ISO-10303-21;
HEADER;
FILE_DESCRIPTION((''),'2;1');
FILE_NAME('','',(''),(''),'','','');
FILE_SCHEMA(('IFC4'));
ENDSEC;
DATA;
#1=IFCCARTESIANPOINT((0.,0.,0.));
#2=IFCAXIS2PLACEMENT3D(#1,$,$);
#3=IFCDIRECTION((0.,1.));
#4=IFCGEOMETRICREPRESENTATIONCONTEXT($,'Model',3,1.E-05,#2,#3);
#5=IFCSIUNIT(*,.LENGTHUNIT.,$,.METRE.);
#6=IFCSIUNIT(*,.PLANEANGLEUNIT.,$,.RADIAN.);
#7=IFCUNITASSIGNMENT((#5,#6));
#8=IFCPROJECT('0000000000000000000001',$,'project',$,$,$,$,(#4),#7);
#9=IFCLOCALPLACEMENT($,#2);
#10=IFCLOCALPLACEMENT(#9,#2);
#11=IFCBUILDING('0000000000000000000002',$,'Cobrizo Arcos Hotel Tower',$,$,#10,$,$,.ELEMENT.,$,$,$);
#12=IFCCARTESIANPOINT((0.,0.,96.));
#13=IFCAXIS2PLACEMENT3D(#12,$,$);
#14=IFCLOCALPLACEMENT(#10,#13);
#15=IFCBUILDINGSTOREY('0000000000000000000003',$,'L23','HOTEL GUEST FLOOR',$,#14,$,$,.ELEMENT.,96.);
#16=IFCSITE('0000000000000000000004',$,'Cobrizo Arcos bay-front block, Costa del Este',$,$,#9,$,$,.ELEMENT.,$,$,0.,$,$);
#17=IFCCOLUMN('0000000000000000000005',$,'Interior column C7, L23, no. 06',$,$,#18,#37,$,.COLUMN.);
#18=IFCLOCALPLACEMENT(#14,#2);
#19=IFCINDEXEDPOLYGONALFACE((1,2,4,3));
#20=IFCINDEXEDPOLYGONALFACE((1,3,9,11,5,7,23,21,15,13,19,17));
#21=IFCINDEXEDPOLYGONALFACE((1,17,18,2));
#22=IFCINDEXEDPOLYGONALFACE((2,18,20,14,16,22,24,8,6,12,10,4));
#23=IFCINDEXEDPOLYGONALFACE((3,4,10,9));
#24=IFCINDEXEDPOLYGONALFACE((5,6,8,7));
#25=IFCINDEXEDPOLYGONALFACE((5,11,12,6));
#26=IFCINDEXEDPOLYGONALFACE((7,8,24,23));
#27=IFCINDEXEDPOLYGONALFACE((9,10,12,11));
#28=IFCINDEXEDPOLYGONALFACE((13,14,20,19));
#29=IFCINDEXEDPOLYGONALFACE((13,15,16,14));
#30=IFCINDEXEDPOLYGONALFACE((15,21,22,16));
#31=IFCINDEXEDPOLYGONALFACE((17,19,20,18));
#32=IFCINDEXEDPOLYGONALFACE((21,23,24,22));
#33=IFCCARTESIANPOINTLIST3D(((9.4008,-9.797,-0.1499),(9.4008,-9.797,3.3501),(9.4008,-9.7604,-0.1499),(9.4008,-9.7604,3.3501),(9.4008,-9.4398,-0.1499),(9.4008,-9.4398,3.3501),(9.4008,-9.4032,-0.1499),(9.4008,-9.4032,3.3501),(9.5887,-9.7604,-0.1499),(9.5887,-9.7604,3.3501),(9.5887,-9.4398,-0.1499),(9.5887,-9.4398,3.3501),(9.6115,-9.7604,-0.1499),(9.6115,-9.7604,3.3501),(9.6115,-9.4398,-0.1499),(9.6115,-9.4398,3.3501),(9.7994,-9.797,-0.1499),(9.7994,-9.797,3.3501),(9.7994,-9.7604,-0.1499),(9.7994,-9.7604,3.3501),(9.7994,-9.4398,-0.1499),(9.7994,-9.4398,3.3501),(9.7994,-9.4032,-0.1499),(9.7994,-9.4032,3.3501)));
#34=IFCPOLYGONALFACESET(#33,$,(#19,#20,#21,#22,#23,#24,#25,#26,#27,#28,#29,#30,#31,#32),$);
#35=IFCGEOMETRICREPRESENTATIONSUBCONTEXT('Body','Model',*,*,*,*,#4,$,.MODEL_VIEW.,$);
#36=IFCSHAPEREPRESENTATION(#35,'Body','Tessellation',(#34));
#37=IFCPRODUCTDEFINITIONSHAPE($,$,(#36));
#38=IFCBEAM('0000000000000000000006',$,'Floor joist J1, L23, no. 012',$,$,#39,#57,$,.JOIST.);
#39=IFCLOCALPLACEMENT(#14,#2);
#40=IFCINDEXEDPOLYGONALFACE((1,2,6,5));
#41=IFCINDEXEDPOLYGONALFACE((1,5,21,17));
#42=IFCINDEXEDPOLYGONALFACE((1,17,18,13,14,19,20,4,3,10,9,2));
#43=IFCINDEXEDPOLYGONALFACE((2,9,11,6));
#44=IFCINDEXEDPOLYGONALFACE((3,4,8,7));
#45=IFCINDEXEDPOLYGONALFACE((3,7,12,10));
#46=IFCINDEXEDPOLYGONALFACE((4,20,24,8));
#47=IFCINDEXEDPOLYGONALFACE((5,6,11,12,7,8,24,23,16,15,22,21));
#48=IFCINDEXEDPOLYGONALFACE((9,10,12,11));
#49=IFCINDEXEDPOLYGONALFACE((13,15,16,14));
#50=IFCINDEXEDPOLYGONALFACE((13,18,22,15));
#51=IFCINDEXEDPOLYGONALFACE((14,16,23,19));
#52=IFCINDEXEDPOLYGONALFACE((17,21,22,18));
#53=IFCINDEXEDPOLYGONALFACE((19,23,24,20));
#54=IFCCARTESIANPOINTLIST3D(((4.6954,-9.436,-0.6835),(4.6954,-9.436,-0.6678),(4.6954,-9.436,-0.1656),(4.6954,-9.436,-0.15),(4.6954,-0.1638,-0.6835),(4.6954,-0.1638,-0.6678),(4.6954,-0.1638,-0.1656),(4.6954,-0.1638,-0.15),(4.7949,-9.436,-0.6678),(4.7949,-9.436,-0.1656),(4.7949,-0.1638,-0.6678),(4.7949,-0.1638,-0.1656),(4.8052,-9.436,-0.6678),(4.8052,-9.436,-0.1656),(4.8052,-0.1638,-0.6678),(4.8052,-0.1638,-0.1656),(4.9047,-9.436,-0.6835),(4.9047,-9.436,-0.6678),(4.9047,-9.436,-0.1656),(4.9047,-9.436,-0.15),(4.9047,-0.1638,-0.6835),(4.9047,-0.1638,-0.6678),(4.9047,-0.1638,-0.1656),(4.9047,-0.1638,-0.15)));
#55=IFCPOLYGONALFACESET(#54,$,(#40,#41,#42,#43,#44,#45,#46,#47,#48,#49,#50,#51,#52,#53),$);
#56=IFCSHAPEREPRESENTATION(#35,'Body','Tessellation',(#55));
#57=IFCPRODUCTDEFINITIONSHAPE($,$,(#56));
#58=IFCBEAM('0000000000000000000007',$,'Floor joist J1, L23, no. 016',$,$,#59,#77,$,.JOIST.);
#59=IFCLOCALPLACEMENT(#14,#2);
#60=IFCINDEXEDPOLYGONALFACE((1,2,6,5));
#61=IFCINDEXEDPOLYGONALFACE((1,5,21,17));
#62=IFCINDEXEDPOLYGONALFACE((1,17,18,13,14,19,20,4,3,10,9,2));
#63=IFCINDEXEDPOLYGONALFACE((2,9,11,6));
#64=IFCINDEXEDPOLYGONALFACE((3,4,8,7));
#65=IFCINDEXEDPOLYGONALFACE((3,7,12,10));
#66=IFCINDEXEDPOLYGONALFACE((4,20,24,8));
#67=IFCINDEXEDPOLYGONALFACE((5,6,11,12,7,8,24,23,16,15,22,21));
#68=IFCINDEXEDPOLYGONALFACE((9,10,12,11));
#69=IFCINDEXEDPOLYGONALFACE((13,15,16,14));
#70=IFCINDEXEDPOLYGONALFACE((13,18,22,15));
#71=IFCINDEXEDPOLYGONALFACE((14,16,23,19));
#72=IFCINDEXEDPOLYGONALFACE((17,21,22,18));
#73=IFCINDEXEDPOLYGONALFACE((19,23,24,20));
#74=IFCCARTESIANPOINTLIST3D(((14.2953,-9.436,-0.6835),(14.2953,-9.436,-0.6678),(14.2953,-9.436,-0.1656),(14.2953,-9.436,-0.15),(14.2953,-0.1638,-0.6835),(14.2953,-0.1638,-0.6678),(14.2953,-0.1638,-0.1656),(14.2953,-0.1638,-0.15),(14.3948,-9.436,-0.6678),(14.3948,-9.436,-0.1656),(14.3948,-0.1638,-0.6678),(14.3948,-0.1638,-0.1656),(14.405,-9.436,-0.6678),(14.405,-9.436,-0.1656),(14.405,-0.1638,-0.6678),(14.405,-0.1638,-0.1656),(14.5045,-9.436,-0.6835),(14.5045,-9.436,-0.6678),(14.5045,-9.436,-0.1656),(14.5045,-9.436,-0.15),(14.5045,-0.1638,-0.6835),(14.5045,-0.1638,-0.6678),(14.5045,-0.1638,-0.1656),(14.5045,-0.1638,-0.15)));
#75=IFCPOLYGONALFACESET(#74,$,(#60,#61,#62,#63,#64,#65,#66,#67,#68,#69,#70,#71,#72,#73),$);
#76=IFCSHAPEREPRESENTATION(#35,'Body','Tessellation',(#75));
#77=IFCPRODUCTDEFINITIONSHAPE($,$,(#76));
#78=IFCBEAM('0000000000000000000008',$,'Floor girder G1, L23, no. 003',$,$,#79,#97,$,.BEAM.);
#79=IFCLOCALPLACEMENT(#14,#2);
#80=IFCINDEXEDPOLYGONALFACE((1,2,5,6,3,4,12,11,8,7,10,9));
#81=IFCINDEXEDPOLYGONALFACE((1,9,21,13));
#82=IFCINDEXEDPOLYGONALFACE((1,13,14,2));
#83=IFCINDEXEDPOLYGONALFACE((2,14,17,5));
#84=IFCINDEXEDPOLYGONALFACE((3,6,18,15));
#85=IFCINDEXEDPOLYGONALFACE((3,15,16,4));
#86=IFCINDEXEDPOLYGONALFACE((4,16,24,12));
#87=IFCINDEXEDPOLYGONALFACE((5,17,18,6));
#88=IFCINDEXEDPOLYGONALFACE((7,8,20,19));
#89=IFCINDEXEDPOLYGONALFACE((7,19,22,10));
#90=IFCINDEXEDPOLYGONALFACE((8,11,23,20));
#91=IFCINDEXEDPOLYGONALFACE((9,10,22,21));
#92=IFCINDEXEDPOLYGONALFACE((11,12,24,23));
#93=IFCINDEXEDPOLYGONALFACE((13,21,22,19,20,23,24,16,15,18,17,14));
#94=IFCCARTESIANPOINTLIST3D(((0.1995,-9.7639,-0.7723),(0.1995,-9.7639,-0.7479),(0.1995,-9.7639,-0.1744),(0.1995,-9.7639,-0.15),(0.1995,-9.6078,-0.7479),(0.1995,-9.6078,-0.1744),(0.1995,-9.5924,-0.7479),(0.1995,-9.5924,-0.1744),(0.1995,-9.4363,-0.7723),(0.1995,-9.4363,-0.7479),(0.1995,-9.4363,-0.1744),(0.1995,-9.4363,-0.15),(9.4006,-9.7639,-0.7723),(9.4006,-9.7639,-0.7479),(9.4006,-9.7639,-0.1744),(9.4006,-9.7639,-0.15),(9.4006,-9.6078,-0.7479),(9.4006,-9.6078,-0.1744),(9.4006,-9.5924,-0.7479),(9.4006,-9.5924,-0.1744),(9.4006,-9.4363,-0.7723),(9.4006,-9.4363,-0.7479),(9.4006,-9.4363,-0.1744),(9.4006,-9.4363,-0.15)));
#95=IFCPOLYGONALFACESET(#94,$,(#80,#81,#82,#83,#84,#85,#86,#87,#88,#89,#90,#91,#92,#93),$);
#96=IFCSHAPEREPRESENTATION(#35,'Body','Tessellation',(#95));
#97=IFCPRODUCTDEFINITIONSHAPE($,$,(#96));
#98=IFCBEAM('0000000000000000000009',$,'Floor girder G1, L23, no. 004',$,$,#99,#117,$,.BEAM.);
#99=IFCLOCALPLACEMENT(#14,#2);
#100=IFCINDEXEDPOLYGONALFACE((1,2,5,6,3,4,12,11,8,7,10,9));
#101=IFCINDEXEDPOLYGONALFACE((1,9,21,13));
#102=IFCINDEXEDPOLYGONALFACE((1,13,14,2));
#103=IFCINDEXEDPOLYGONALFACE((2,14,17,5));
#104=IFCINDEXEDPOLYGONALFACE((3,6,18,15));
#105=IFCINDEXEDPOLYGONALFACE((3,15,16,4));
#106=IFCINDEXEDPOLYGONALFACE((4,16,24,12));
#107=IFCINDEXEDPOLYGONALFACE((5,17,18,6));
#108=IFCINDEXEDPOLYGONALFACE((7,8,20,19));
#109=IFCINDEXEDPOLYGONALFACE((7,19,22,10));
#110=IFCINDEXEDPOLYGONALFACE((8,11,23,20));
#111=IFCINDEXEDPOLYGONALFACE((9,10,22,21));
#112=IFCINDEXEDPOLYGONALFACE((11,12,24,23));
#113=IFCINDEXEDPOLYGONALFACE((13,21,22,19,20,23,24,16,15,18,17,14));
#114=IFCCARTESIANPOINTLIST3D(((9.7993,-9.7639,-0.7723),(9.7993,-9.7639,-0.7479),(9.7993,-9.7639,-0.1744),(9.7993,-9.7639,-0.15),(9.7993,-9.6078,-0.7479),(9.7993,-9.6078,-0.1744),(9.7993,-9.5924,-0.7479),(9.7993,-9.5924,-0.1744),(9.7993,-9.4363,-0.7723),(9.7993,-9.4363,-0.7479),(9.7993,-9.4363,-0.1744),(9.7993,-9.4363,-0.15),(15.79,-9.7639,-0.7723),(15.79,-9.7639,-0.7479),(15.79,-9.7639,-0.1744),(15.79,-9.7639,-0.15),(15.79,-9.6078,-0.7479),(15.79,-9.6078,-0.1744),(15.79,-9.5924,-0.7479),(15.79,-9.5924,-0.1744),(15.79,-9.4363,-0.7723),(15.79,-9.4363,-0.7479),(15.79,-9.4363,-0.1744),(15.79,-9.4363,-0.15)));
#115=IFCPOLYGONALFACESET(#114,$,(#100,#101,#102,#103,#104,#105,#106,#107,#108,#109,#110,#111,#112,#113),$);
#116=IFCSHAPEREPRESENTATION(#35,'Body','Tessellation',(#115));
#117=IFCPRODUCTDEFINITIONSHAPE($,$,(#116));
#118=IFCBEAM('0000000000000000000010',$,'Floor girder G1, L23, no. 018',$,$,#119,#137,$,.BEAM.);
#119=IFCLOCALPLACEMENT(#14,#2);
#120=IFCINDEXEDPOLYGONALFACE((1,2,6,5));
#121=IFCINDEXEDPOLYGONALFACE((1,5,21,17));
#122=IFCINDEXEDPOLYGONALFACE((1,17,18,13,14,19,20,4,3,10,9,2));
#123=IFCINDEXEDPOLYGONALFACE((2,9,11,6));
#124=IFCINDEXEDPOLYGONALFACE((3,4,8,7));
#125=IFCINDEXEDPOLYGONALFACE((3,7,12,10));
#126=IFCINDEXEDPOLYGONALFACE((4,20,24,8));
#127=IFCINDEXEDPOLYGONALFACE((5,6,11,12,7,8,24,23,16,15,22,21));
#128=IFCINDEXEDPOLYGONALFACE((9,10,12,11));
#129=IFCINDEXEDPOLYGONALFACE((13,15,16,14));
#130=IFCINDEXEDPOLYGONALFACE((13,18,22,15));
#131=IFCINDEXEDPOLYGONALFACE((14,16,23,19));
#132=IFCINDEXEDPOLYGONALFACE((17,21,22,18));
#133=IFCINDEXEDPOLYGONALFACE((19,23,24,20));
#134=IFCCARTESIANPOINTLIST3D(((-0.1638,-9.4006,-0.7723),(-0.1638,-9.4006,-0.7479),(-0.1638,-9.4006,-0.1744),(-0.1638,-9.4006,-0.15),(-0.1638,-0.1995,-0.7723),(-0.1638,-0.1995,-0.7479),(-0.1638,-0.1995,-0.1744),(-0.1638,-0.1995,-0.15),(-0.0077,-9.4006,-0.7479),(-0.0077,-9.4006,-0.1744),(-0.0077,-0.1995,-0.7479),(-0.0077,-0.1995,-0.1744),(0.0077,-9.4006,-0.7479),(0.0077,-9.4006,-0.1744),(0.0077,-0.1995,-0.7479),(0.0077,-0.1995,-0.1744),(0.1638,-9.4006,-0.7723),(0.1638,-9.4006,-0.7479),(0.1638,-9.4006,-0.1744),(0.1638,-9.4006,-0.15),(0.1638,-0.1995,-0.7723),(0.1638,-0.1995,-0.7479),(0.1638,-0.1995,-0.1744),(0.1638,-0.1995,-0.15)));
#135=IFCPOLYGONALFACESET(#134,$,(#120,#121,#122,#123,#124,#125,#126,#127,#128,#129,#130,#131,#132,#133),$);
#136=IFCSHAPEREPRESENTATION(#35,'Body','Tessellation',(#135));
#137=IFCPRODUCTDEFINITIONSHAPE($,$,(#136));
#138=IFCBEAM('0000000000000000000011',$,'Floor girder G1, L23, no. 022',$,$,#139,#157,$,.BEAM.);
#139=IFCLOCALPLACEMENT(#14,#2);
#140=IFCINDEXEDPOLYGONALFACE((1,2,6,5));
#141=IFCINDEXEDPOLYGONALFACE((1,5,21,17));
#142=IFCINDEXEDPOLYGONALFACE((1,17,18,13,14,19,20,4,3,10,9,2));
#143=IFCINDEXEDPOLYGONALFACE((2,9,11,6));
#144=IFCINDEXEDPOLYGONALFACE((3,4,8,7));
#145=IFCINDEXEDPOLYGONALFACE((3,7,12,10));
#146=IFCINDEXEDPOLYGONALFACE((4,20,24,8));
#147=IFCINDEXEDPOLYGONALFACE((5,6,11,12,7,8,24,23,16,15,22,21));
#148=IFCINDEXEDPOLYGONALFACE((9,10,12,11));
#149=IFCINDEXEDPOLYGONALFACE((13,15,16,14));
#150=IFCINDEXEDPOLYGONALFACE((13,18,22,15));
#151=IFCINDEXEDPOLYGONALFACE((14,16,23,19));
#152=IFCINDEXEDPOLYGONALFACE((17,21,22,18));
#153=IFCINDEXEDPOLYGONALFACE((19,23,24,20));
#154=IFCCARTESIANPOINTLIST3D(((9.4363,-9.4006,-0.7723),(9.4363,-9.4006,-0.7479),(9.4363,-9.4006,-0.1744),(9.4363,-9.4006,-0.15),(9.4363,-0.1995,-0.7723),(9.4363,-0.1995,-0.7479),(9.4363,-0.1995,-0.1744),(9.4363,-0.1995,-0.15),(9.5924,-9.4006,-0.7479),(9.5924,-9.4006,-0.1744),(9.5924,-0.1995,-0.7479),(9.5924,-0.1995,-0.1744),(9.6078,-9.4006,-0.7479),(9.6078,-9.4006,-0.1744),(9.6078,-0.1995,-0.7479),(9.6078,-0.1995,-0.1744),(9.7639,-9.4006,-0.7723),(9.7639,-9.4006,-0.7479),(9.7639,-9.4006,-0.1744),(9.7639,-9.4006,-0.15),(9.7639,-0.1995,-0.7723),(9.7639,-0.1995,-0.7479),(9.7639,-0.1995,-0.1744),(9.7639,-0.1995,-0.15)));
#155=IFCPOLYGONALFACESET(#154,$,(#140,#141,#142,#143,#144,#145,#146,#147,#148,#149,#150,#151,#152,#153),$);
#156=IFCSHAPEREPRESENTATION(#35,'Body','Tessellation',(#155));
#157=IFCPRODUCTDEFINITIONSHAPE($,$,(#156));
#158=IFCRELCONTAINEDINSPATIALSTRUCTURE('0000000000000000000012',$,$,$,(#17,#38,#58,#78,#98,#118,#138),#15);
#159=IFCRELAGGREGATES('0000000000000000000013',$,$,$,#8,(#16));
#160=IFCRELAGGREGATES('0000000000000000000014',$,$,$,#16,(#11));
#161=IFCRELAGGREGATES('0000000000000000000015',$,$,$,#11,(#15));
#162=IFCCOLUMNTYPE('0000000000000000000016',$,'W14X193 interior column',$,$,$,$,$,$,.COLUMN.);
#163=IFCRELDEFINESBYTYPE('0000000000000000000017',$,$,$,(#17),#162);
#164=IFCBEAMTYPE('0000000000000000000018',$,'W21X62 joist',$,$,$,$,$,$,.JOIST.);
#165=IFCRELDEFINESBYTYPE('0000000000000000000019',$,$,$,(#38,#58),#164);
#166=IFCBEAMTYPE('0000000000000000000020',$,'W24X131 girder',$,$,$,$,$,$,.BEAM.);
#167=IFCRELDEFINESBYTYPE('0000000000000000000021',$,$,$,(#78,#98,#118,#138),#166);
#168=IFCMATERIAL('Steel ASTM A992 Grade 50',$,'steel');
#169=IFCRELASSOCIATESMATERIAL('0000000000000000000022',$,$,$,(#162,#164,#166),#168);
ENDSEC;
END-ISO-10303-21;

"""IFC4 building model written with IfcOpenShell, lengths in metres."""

from ifc_helpers import new_model, si_unit, direction, frame, origin, origin_2d, place, context, subcontext, project, spatial, i_section, extrude, material, material_profile, profile_set, type_object, element, save


model = new_model("IFC4")

# Units and contexts
model_context = context("Model", 3, precision=1e-05, world=origin(), true_north=direction((0.0, 1.0)))
body_context = subcontext(model_context, "Body", "Model", "MODEL_VIEW")
ifc_project = project(units=[si_unit("LENGTHUNIT", "METRE"), si_unit("PLANEANGLEUNIT", "RADIAN")], contexts=[model_context])

# Site, building, storey
site_placement = place(None, origin())
site = spatial("IfcSite", under=ifc_project, at=site_placement, Name="Cobrizo Arcos bay-front block, Costa del Este", CompositionType="ELEMENT", RefElevation=0.0)
building_placement = place(site_placement, origin())
building = spatial("IfcBuilding", under=site, at=building_placement, Name="Cobrizo Arcos Hotel Tower", CompositionType="ELEMENT")
storey_placement = place(building_placement, frame((0.0, 0.0, 96.0)))
storey = spatial("IfcBuildingStorey", under=building, at=storey_placement, Name="L23", Description="HOTEL GUEST FLOOR", CompositionType="ELEMENT", Elevation=96.0)

# Column
ifc_material_1 = material(Name="Steel ASTM A992 Grade 50", Category="steel")
ifc_material_profile_1 = material_profile(ifc_material_1, i_section(OverallWidth=0.3987, OverallDepth=0.3938, WebThickness=0.0227, FlangeThickness=0.0366, at=origin_2d()), Name="W14X193")
ifc_profile_set_1 = profile_set([ifc_material_profile_1], Name="Steel ASTM A992 Grade 50")
column_type = type_object("IfcColumnType", Name="W14X193 interior column", PredefinedType="COLUMN", material=ifc_profile_set_1)
column_placement = place(storey_placement, frame((9.6001, -9.6001, -0.1499), z_axis=(0.0, 0.0, 1.0), x_axis=(1.0, 0.0, 0.0)))
element("IfcColumn", 1, at=column_placement, inside=storey, type_object=column_type, Name="Interior column C7, L23, no. 06", PredefinedType="COLUMN", context=body_context, shape_type="SweptSolid", body=[
    extrude(i_section(OverallWidth=0.3987, OverallDepth=0.3938, WebThickness=0.0227, FlangeThickness=0.0366, at=origin_2d()), origin(), (0.0, 0.0, 1.0), 3.5),
])

# Beams
ifc_material_profile_2 = material_profile(ifc_material_1, i_section(OverallWidth=0.2092, OverallDepth=0.5334, WebThickness=0.0103, FlangeThickness=0.0156, at=origin_2d()), Name="W21X62")
ifc_profile_set_2 = profile_set([ifc_material_profile_2], Name="Steel ASTM A992 Grade 50")
beam_type_1 = type_object("IfcBeamType", Name="W21X62 joist", PredefinedType="JOIST", material=ifc_profile_set_2)
for number, where, z_axis, x_axis, name in (
    (2, (4.8, -9.436, -0.4167), (0.0, 1.0, 0.0), (-1.0, 0.0, 0.0), "Floor joist J1, L23, no. 012"),
    (3, (14.3999, -9.436, -0.4167), (0.0, 1.0, 0.0), (-1.0, 0.0, 0.0), "Floor joist J1, L23, no. 016"),
):
    element("IfcBeam", number, at=place(storey_placement, frame(where, z_axis=z_axis, x_axis=x_axis)), inside=storey, type_object=beam_type_1, Name=name, PredefinedType="JOIST", context=body_context, shape_type="SweptSolid", body=[
        extrude(i_section(OverallWidth=0.2092, OverallDepth=0.5334, WebThickness=0.0103, FlangeThickness=0.0156, at=origin_2d()), origin(), (0.0, 0.0, 1.0), 9.2722),
    ])
ifc_material_profile_3 = material_profile(ifc_material_1, i_section(OverallWidth=0.3276, OverallDepth=0.6223, WebThickness=0.0154, FlangeThickness=0.0244, at=origin_2d()), Name="W24X131")
ifc_profile_set_3 = profile_set([ifc_material_profile_3], Name="Steel ASTM A992 Grade 50")
beam_type_2 = type_object("IfcBeamType", Name="W24X131 girder", PredefinedType="BEAM", material=ifc_profile_set_3)
beam_1_placement = place(storey_placement, frame((0.1995, -9.6001, -0.4612), z_axis=(1.0, 0.0, 0.0), x_axis=(0.0, 1.0, 0.0)))
element("IfcBeam", 4, at=beam_1_placement, inside=storey, type_object=beam_type_2, Name="Floor girder G1, L23, no. 003", PredefinedType="BEAM", context=body_context, shape_type="SweptSolid", body=[
    extrude(i_section(OverallWidth=0.3276, OverallDepth=0.6223, WebThickness=0.0154, FlangeThickness=0.0244, at=origin_2d()), origin(), (0.0, 0.0, 1.0), 9.2012),
])
beam_2_placement = place(storey_placement, frame((9.7993, -9.6001, -0.4612), z_axis=(1.0, 0.0, 0.0), x_axis=(0.0, 1.0, 0.0)))
element("IfcBeam", 5, at=beam_2_placement, inside=storey, type_object=beam_type_2, Name="Floor girder G1, L23, no. 004", PredefinedType="BEAM", context=body_context, shape_type="SweptSolid", body=[
    extrude(i_section(OverallWidth=0.3276, OverallDepth=0.6223, WebThickness=0.0154, FlangeThickness=0.0244, at=origin_2d()), origin(), (0.0, 0.0, 1.0), 5.9907),
])
for number, where, z_axis, x_axis, name in (
    (6, (0.0, -9.4006, -0.4612), (0.0, 1.0, 0.0), (-1.0, 0.0, 0.0), "Floor girder G1, L23, no. 018"),
    (7, (9.6001, -9.4006, -0.4612), (0.0, 1.0, 0.0), (-1.0, 0.0, 0.0), "Floor girder G1, L23, no. 022"),
):
    element("IfcBeam", number, at=place(storey_placement, frame(where, z_axis=z_axis, x_axis=x_axis)), inside=storey, type_object=beam_type_2, Name=name, PredefinedType="BEAM", context=body_context, shape_type="SweptSolid", body=[
        extrude(i_section(OverallWidth=0.3276, OverallDepth=0.6223, WebThickness=0.0154, FlangeThickness=0.0244, at=origin_2d()), origin(), (0.0, 0.0, 1.0), 9.2012),
    ])

save(model, "model.ifc")
